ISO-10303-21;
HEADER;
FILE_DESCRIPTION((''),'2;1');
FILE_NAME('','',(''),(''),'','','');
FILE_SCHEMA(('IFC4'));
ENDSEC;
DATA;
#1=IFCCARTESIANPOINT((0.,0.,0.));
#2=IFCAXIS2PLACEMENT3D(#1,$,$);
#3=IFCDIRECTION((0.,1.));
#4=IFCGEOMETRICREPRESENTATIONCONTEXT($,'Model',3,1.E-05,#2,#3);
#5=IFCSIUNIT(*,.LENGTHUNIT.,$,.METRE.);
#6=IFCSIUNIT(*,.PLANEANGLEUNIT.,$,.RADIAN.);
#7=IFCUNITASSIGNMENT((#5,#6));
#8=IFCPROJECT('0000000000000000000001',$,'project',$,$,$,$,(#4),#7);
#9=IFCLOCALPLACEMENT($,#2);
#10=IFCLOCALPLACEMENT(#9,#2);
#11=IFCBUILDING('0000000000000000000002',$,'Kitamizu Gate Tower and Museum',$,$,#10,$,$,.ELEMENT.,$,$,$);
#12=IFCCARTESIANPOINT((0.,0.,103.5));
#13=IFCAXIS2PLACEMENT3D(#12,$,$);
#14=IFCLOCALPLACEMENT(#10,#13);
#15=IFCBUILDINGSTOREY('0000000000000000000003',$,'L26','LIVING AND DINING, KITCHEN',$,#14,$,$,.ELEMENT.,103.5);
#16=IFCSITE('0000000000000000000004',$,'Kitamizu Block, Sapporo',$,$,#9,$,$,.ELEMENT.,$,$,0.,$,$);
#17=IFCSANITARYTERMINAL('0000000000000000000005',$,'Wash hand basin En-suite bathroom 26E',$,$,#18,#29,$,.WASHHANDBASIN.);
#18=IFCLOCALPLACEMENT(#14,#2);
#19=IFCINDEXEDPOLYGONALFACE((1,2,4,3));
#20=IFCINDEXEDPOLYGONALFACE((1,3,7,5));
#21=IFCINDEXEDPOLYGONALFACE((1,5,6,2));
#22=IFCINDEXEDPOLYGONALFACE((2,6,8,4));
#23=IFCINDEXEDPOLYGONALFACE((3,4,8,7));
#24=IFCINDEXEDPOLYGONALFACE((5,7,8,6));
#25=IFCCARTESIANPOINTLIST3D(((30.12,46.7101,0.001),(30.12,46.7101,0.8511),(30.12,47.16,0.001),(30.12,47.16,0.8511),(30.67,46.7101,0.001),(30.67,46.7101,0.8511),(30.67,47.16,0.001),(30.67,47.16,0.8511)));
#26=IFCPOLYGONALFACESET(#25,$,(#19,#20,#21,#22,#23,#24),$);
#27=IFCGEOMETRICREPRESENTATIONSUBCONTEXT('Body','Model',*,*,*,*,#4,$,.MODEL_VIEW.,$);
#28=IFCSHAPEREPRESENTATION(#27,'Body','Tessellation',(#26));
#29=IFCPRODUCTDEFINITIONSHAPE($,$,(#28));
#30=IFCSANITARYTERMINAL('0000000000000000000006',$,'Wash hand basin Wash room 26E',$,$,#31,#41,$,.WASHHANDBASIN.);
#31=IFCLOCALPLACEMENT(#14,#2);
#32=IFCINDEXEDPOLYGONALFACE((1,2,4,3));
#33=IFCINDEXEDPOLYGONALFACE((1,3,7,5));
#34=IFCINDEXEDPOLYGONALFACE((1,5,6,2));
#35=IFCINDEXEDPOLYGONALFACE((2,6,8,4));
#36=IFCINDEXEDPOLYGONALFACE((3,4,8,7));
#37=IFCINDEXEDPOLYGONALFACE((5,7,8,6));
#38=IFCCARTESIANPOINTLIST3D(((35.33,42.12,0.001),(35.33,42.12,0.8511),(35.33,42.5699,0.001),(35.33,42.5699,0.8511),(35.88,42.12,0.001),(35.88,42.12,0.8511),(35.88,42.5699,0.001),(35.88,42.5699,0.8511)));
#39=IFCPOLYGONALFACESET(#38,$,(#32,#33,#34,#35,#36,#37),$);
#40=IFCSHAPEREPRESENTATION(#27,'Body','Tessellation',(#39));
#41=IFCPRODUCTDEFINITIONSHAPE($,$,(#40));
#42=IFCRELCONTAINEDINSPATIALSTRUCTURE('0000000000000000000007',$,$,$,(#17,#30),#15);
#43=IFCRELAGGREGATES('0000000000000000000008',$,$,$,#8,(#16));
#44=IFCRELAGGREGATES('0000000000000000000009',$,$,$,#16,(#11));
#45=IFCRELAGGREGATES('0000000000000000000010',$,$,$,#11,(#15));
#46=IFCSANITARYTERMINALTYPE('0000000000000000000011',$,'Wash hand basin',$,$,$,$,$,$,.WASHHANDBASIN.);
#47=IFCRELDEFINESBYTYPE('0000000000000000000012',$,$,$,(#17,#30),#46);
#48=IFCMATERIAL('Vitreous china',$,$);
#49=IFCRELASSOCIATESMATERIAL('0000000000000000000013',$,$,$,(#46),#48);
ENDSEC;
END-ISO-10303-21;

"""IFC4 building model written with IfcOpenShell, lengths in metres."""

from ifc_helpers import new_model, si_unit, direction, frame, origin, origin_2d, place, context, subcontext, project, spatial, rectangle, extrude, material, type_object, element, save


model = new_model("IFC4")

# Units and contexts
model_context = context("Model", 3, precision=1e-05, world=origin(), true_north=direction((0.0, 1.0)))
body_context = subcontext(model_context, "Body", "Model", "MODEL_VIEW")
ifc_project = project(units=[si_unit("LENGTHUNIT", "METRE"), si_unit("PLANEANGLEUNIT", "RADIAN")], contexts=[model_context])

# Site, building, storey
site_placement = place(None, origin())
site = spatial("IfcSite", under=ifc_project, at=site_placement, Name="Kitamizu Block, Sapporo", CompositionType="ELEMENT", RefElevation=0.0)
building_placement = place(site_placement, origin())
building = spatial("IfcBuilding", under=site, at=building_placement, Name="Kitamizu Gate Tower and Museum", CompositionType="ELEMENT")
storey_placement = place(building_placement, frame((0.0, 0.0, 103.5)))
storey = spatial("IfcBuildingStorey", under=building, at=storey_placement, Name="L26", Description="LIVING AND DINING, KITCHEN", CompositionType="ELEMENT", Elevation=103.5)

# Sanitary terminals
ifc_material_1 = material(Name="Vitreous china")
sanitary_terminal_type_1 = type_object("IfcSanitaryTerminalType", Name="Wash hand basin", PredefinedType="WASHHANDBASIN", material=ifc_material_1)
for number, where, z_axis, x_axis, name in (
    (1, (30.395, 46.9351, 0.001), (0.0, 0.0, 1.0), (1.0, 0.0, 0.0), "Wash hand basin En-suite bathroom 26E"),
    (2, (35.605, 42.345, 0.001), (0.0, 0.0, 1.0), (1.0, 0.0, 0.0), "Wash hand basin Wash room 26E"),
):
    element("IfcSanitaryTerminal", number, at=place(storey_placement, frame(where, z_axis=z_axis, x_axis=x_axis)), inside=storey, type_object=sanitary_terminal_type_1, Name=name, PredefinedType="WASHHANDBASIN", context=body_context, shape_type="SweptSolid", body=[
        extrude(rectangle(XDim=0.55, YDim=0.45, at=origin_2d()), origin(), (0.0, 0.0, 1.0), 0.8501),
    ])

save(model, "model.ifc")
